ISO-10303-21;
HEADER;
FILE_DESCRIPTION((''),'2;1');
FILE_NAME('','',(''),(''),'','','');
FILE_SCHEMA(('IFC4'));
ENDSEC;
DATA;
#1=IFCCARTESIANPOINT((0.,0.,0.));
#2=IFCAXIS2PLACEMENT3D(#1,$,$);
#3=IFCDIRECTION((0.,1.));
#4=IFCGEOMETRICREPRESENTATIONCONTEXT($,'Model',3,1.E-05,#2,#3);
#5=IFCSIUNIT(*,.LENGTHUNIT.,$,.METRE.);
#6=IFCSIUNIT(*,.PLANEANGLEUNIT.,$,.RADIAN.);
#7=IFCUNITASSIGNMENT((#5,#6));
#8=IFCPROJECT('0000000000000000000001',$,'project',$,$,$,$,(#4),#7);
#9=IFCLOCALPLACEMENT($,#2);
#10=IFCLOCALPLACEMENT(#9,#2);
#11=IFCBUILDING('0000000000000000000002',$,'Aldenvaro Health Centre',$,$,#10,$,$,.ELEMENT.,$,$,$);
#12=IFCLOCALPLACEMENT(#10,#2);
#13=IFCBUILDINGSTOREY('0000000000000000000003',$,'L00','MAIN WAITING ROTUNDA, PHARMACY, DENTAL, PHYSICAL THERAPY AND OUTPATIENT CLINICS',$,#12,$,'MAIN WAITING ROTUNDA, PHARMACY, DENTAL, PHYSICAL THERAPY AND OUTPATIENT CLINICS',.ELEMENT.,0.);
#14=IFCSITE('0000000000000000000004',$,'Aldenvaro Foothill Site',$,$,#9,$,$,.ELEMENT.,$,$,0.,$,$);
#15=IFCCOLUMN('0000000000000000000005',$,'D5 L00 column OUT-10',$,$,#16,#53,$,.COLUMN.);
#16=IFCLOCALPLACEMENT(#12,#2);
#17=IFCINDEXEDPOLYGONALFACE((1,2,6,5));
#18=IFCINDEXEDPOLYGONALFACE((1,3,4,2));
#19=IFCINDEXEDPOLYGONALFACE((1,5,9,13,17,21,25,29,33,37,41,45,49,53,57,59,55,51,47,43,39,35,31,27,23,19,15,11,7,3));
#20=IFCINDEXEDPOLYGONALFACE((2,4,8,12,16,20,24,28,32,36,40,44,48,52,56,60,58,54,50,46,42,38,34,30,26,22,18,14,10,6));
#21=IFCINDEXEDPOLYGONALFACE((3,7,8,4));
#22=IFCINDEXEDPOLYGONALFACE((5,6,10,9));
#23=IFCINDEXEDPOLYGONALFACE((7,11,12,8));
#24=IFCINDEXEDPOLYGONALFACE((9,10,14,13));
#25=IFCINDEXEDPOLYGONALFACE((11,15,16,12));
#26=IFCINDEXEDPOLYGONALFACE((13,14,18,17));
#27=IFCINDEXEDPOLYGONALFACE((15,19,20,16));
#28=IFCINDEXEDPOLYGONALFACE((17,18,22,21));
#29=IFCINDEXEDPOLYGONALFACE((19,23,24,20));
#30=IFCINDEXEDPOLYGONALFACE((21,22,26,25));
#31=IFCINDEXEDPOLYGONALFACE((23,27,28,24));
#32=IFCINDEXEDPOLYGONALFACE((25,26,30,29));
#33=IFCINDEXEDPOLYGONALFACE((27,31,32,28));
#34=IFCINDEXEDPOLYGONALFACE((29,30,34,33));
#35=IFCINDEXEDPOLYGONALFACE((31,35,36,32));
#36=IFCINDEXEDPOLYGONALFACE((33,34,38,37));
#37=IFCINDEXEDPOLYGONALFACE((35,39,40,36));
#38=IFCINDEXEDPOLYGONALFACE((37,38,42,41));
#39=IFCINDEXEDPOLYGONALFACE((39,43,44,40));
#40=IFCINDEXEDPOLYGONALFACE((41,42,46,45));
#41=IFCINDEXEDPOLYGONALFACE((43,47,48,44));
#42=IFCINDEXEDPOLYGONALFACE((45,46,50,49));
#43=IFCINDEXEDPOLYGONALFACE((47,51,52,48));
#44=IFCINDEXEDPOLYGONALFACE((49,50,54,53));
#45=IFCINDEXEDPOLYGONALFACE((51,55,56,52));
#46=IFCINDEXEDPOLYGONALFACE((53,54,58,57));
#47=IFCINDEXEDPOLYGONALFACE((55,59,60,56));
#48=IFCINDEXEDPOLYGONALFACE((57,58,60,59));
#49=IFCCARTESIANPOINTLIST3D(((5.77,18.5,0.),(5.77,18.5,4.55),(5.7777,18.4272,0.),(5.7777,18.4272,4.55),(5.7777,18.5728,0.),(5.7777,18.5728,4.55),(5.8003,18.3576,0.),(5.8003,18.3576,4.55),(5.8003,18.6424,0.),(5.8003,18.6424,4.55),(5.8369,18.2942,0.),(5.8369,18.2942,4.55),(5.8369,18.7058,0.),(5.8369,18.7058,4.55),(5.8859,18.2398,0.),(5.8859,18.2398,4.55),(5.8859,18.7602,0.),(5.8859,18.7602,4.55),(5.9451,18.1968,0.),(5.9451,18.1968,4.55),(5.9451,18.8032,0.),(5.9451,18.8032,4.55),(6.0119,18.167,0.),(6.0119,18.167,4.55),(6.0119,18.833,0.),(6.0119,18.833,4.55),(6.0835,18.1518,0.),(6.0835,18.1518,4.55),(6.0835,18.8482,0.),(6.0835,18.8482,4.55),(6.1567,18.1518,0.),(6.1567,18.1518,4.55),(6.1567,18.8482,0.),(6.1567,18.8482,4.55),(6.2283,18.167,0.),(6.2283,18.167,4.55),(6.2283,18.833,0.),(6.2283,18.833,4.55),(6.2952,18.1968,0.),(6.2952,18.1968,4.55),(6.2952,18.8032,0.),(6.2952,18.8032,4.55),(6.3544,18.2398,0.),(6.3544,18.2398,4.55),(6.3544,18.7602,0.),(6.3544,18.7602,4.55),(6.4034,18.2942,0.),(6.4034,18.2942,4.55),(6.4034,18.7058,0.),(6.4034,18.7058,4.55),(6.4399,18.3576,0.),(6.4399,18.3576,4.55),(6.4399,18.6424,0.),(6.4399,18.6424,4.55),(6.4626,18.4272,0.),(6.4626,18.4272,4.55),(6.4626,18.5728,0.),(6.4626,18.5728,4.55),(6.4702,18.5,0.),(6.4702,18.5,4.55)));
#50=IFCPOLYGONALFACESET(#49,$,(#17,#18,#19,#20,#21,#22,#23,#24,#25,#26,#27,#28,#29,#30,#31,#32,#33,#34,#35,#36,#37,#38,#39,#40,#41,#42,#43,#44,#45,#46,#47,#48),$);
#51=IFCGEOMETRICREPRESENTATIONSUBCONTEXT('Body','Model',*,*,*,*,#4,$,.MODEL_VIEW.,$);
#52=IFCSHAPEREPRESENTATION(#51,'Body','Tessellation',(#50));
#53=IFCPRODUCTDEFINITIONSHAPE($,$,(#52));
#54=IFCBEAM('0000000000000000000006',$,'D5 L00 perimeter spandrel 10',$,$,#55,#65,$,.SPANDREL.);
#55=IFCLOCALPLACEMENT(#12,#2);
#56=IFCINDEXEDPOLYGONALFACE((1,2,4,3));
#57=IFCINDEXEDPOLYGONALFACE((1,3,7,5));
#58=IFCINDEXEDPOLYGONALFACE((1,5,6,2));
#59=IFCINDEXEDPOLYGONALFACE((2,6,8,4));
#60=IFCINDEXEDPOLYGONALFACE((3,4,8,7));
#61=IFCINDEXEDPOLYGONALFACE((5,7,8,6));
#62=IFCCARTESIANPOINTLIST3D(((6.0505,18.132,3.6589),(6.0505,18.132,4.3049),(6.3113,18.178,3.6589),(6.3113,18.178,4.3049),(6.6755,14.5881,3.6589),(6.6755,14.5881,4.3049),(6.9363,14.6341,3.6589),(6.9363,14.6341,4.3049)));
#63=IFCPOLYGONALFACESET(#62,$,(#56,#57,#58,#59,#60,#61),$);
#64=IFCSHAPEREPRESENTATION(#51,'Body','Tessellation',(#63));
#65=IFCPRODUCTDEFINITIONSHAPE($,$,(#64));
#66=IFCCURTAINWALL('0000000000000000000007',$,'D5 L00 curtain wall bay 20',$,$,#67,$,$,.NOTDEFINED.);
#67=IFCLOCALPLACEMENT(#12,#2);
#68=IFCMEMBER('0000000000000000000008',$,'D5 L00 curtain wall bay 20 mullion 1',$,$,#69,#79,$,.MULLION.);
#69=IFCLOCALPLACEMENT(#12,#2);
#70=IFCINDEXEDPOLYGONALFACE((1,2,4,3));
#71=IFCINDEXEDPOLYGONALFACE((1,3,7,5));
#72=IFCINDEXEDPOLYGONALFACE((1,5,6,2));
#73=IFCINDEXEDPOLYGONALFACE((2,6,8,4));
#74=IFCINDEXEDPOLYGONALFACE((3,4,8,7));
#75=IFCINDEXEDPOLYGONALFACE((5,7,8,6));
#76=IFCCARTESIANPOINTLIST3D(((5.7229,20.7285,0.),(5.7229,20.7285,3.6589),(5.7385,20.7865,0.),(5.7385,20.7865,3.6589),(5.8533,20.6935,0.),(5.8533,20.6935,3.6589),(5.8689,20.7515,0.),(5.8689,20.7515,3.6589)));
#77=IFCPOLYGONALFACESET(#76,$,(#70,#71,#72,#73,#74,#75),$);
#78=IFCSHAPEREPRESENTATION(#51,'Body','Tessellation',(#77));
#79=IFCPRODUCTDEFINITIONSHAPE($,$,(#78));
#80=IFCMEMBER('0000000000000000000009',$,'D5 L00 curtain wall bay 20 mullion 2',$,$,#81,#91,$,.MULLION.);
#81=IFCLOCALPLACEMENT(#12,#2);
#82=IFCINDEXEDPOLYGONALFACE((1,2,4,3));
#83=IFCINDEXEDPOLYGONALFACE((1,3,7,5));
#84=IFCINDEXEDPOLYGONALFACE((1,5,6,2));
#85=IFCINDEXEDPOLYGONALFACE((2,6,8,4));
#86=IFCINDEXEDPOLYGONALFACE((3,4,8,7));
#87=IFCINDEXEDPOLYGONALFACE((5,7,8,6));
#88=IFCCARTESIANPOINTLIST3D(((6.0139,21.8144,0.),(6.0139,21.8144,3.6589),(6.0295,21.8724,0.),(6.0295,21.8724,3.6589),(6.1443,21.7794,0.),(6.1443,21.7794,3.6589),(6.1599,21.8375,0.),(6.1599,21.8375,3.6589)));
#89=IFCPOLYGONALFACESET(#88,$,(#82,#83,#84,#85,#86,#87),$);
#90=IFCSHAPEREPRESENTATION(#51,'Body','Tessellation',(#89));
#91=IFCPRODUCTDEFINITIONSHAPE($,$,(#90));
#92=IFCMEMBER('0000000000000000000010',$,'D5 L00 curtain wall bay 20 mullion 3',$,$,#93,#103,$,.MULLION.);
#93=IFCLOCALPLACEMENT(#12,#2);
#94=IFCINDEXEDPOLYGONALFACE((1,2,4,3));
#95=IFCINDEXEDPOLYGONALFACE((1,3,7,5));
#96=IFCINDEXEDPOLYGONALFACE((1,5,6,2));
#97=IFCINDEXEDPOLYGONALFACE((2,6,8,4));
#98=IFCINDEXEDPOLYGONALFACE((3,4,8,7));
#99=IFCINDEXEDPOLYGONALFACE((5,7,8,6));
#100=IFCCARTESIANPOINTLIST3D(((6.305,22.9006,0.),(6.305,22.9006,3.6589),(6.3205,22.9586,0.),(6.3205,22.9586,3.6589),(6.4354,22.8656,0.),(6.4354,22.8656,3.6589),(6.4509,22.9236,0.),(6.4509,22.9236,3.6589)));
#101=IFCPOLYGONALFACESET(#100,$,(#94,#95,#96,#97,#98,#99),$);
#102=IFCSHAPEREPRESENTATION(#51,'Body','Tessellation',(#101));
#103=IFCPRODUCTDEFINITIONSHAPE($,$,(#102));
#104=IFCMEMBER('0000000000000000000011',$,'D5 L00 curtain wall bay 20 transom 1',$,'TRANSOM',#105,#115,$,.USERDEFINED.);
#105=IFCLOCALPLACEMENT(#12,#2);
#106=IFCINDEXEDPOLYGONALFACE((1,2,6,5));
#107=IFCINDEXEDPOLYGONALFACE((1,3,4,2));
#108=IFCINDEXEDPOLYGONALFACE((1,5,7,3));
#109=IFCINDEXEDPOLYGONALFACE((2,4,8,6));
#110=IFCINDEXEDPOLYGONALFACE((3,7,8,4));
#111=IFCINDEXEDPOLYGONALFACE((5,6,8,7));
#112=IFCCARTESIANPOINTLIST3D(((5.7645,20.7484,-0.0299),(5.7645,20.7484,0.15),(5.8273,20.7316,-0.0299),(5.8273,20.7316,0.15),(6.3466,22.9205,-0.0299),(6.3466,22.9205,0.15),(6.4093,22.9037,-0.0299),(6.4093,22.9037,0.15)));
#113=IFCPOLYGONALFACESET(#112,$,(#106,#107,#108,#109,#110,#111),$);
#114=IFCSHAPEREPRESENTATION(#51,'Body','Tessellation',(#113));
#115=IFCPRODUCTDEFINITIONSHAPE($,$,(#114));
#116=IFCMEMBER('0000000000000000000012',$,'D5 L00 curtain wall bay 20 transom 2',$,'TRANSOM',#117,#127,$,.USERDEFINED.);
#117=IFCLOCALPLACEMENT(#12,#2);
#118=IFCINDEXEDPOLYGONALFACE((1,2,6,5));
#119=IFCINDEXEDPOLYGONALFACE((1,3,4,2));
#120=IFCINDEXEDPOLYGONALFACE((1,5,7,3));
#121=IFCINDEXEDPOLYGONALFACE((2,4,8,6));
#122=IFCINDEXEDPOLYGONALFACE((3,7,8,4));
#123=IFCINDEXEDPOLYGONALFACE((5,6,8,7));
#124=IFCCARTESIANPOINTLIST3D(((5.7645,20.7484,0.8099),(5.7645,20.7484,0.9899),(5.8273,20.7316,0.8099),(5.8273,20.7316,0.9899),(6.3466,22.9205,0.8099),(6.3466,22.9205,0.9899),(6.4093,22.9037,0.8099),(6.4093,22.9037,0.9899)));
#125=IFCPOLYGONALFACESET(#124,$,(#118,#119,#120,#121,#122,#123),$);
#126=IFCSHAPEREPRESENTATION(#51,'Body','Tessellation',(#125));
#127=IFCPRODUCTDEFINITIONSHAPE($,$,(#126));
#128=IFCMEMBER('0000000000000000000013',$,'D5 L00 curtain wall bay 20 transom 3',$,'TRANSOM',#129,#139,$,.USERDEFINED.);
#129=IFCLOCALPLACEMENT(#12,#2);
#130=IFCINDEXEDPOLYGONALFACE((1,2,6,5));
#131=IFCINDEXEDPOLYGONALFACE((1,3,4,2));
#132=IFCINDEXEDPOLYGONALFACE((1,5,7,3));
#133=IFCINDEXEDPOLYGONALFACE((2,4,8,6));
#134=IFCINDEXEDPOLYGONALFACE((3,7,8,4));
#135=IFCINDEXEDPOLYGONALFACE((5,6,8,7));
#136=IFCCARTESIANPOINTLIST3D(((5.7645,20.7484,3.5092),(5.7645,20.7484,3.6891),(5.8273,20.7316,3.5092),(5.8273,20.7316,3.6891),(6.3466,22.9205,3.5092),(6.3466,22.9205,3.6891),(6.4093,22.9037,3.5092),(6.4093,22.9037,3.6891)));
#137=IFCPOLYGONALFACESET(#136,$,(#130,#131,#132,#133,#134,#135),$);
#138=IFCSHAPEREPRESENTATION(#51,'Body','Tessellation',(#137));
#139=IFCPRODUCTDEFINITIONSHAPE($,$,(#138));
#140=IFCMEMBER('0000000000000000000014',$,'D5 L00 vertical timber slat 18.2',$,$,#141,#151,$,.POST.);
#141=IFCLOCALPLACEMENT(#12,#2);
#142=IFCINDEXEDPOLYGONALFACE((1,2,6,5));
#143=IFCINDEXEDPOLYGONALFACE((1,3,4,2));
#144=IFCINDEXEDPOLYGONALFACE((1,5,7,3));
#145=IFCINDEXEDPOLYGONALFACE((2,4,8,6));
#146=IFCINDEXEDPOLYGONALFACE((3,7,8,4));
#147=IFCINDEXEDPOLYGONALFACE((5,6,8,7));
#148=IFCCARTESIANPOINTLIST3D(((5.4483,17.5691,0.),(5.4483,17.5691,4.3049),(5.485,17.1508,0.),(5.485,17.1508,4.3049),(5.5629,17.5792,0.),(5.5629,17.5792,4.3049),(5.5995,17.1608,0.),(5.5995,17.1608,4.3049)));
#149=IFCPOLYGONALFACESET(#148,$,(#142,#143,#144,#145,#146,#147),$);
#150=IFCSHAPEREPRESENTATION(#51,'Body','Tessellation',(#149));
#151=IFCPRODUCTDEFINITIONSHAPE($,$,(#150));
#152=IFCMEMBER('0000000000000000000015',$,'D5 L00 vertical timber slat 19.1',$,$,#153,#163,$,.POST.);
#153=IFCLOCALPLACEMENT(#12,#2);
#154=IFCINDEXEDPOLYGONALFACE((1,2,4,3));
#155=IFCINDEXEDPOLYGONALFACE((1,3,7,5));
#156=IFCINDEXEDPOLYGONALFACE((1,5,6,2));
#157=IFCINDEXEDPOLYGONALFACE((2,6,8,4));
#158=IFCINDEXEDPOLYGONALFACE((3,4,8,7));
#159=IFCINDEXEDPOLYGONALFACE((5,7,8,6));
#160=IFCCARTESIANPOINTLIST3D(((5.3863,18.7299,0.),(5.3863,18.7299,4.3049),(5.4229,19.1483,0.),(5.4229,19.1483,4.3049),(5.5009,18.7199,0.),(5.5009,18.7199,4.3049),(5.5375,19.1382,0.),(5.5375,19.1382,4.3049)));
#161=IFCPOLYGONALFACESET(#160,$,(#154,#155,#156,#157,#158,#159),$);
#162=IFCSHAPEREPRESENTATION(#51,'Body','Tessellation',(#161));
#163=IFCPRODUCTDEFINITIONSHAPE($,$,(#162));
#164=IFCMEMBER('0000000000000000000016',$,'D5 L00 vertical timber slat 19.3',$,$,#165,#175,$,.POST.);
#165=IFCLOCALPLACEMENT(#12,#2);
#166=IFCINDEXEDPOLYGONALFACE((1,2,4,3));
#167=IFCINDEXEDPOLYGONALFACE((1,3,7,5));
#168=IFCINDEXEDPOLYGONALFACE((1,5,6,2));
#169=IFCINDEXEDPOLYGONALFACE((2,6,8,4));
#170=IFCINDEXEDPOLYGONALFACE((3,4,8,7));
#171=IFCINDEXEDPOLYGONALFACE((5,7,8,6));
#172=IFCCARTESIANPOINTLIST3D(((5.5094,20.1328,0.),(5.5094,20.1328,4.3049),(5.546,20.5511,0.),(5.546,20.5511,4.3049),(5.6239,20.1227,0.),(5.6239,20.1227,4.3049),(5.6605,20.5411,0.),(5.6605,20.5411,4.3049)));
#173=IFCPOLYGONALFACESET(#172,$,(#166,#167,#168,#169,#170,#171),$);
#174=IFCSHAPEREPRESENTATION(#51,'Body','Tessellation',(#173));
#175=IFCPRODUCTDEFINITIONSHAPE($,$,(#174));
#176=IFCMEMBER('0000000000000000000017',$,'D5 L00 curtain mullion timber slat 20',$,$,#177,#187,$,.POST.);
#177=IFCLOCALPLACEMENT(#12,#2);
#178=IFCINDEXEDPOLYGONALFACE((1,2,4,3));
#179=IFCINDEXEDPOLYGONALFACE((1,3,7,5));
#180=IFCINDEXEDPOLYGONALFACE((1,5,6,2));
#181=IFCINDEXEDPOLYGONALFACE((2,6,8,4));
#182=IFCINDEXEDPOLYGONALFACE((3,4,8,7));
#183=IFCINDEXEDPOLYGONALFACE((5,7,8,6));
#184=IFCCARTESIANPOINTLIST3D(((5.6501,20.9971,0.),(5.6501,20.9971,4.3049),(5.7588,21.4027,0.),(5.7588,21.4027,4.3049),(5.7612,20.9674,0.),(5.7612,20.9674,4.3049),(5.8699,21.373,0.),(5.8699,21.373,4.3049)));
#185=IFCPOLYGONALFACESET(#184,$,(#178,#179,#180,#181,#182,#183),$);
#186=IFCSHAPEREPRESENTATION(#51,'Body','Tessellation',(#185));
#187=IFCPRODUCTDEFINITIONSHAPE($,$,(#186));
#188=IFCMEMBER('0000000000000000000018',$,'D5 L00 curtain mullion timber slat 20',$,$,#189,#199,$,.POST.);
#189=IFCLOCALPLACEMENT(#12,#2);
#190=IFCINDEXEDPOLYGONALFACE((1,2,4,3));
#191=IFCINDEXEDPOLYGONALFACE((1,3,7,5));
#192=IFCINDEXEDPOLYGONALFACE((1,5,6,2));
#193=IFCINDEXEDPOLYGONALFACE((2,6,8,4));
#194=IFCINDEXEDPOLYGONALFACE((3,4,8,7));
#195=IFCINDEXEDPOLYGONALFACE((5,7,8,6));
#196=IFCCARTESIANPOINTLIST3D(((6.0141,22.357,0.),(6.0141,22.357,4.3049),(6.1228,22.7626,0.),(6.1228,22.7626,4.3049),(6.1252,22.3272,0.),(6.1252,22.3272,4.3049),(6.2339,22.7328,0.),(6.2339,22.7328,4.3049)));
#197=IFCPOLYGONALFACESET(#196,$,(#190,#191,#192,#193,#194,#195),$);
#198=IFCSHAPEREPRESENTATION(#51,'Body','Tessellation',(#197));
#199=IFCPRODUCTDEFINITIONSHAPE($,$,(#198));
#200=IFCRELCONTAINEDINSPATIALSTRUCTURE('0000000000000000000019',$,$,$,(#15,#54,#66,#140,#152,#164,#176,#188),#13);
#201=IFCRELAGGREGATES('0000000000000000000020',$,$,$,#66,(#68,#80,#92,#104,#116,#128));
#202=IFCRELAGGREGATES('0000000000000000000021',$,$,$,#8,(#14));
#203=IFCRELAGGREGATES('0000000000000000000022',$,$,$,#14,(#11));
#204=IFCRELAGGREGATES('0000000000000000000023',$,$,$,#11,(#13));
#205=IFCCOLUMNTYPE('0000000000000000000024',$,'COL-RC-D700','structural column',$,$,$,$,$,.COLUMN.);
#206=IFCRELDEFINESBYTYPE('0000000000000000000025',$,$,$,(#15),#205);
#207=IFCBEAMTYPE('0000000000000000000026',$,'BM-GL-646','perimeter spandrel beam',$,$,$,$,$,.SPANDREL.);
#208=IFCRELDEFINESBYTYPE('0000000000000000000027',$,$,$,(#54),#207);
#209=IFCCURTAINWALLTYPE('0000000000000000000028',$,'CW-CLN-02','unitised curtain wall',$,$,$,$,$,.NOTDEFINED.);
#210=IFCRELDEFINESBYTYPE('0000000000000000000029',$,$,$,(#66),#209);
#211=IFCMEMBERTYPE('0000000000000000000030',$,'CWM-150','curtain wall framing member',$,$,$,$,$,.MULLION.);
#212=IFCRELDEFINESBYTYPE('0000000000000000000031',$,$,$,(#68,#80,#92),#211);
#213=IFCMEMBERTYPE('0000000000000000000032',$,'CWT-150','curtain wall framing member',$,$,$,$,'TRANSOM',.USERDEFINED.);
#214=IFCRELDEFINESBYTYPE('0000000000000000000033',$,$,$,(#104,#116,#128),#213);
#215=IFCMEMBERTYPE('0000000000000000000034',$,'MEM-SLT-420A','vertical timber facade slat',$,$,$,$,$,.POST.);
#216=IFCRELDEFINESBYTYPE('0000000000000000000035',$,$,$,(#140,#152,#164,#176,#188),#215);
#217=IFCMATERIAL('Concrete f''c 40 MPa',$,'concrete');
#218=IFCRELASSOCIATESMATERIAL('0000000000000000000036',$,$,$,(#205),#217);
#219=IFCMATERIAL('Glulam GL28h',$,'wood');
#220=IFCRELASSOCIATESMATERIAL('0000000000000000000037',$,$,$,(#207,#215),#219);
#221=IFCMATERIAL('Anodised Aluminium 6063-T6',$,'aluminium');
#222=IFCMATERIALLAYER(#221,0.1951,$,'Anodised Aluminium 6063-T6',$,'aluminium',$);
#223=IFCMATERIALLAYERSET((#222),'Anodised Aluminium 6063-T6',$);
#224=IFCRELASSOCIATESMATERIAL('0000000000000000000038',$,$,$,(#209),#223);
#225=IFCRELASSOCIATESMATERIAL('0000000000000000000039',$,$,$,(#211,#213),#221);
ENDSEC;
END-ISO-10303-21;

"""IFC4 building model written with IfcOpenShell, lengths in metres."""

from ifc_helpers import new_model, si_unit, direction, frame, origin, origin_2d, place, context, subcontext, project, spatial, rectangle, circle, extrude, material, layer, layer_set, material_profile, profile_set, type_object, element, aggregate, save


model = new_model("IFC4")

# Units and contexts
model_context = context("Model", 3, precision=1e-05, world=origin(), true_north=direction((0.0, 1.0)))
body_context = subcontext(model_context, "Body", "Model", "MODEL_VIEW")
ifc_project = project(units=[si_unit("LENGTHUNIT", "METRE"), si_unit("PLANEANGLEUNIT", "RADIAN")], contexts=[model_context])

# Site, building, storey
site_placement = place(None, origin())
site = spatial("IfcSite", under=ifc_project, at=site_placement, Name="Aldenvaro Foothill Site", CompositionType="ELEMENT", RefElevation=0.0)
building_placement = place(site_placement, origin())
building = spatial("IfcBuilding", under=site, at=building_placement, Name="Aldenvaro Health Centre", CompositionType="ELEMENT")
storey_placement = place(building_placement, origin())
storey = spatial("IfcBuildingStorey", under=building, at=storey_placement, Name="L00", Description="MAIN WAITING ROTUNDA, PHARMACY, DENTAL, PHYSICAL THERAPY AND OUTPATIENT CLINICS", LongName="MAIN WAITING ROTUNDA, PHARMACY, DENTAL, PHYSICAL THERAPY AND OUTPATIENT CLINICS", CompositionType="ELEMENT", Elevation=0.0)

# Column
ifc_material_1 = material(Name="Concrete f'c 40 MPa", Category="concrete")
ifc_material_profile_1 = material_profile(ifc_material_1, circle(Radius=0.3501, at=origin_2d()), Name="RC D700", Category="concrete")
ifc_profile_set_1 = profile_set([ifc_material_profile_1], Name="Concrete f'c 40 MPa")
column_type = type_object("IfcColumnType", Name="COL-RC-D700", Description="structural column", PredefinedType="COLUMN", material=ifc_profile_set_1)
column_placement = place(storey_placement, frame((6.1201, 18.5, 0.0), z_axis=(0.0, 0.0, 1.0), x_axis=(1.0, 0.0, 0.0)))
element("IfcColumn", 1, at=column_placement, inside=storey, type_object=column_type, Name="D5 L00 column OUT-10", PredefinedType="COLUMN", context=body_context, shape_type="SweptSolid", body=[
    extrude(circle(Radius=0.3501, at=origin_2d()), origin(), (0.0, 0.0, 1.0), 4.55),
])

# Beam
ifc_material_2 = material(Name="Glulam GL28h", Category="wood")
ifc_material_profile_2 = material_profile(ifc_material_2, rectangle(XDim=0.2649, YDim=0.646, at=origin_2d()), Name="GL 265x646", Category="wood")
ifc_profile_set_2 = profile_set([ifc_material_profile_2], Name="Glulam GL28h")
beam_type = type_object("IfcBeamType", Name="BM-GL-646", Description="perimeter spandrel beam", PredefinedType="SPANDREL", material=ifc_profile_set_2)
beam_placement = place(storey_placement, frame((6.1809, 18.155, 3.9819), z_axis=(0.173677, -0.984803, 0.0), x_axis=(0.984803, 0.173677, 0.0)))
element("IfcBeam", 2, at=beam_placement, inside=storey, type_object=beam_type, Name="D5 L00 perimeter spandrel 10", PredefinedType="SPANDREL", context=body_context, shape_type="SweptSolid", body=[
    extrude(rectangle(XDim=0.2649, YDim=0.646, at=origin_2d()), origin(), (0.0, 0.0, 1.0), 3.5986),
])

# Curtain wall, members
ifc_material_3 = material(Name="Anodised Aluminium 6063-T6", Category="aluminium")
ifc_layer_1 = layer(ifc_material_3, 0.1951, Name="Anodised Aluminium 6063-T6", Category="aluminium")
ifc_layer_set_1 = layer_set([ifc_layer_1], Name="Anodised Aluminium 6063-T6")
curtain_wall_type = type_object("IfcCurtainWallType", Name="CW-CLN-02", Description="unitised curtain wall", PredefinedType="NOTDEFINED", material=ifc_layer_set_1)
curtain_wall_placement = place(storey_placement, origin())
curtain_wall = element("IfcCurtainWall", 3, at=curtain_wall_placement, inside=storey, type_object=curtain_wall_type, Name="D5 L00 curtain wall bay 20", PredefinedType="NOTDEFINED")
ifc_material_profile_3 = material_profile(ifc_material_3, rectangle(XDim=0.0601, YDim=0.135, at=origin_2d()), Name="ALU 60x135", Category="aluminium")
ifc_profile_set_3 = profile_set([ifc_material_profile_3], Name="Anodised Aluminium 6063-T6")
member_type_1 = type_object("IfcMemberType", Name="CWM-150", Description="curtain wall framing member", PredefinedType="MULLION", material=ifc_profile_set_3)
member_1_placement = place(storey_placement, frame((5.7959, 20.74, 0.0), z_axis=(0.0, 0.0, 1.0), x_axis=(0.258825, 0.965924, 0.0)))
member_1 = element("IfcMember", 4, at=member_1_placement, type_object=member_type_1, Name="D5 L00 curtain wall bay 20 mullion 1", PredefinedType="MULLION", context=body_context, shape_type="SweptSolid", body=[
    extrude(rectangle(XDim=0.0601, YDim=0.135, at=origin_2d()), origin(), (0.0, 0.0, 1.0), 3.6589),
])
member_2_placement = place(storey_placement, frame((6.0869, 21.8259, 0.0), z_axis=(0.0, 0.0, 1.0), x_axis=(0.258825, 0.965924, 0.0)))
member_2 = element("IfcMember", 5, at=member_2_placement, type_object=member_type_1, Name="D5 L00 curtain wall bay 20 mullion 2", PredefinedType="MULLION", context=body_context, shape_type="SweptSolid", body=[
    extrude(rectangle(XDim=0.0601, YDim=0.135, at=origin_2d()), origin(), (0.0, 0.0, 1.0), 3.6589),
])
member_3_placement = place(storey_placement, frame((6.3779, 22.9121, 0.0), z_axis=(0.0, 0.0, 1.0), x_axis=(0.258825, 0.965924, 0.0)))
member_3 = element("IfcMember", 6, at=member_3_placement, type_object=member_type_1, Name="D5 L00 curtain wall bay 20 mullion 3", PredefinedType="MULLION", context=body_context, shape_type="SweptSolid", body=[
    extrude(rectangle(XDim=0.0601, YDim=0.135, at=origin_2d()), origin(), (0.0, 0.0, 1.0), 3.6589),
])
ifc_material_profile_4 = material_profile(ifc_material_3, rectangle(XDim=0.0649, YDim=0.1799, at=origin_2d()), Name="ALU 65x180", Category="aluminium")
ifc_profile_set_4 = profile_set([ifc_material_profile_4], Name="Anodised Aluminium 6063-T6")
member_type_2 = type_object("IfcMemberType", Name="CWT-150", Description="curtain wall framing member", ElementType="TRANSOM", PredefinedType="USERDEFINED", material=ifc_profile_set_4)
member_4_placement = place(storey_placement, frame((5.7959, 20.74, 0.0601), z_axis=(0.258825, 0.965924, 0.0), x_axis=(-0.965924, 0.258825, 0.0)))
member_4 = element("IfcMember", 7, at=member_4_placement, type_object=member_type_2, Name="D5 L00 curtain wall bay 20 transom 1", ObjectType="TRANSOM", PredefinedType="USERDEFINED", context=body_context, shape_type="SweptSolid", body=[
    extrude(rectangle(XDim=0.0649, YDim=0.1799, at=origin_2d()), origin(), (0.0, 0.0, 1.0), 2.2488),
])
member_5_placement = place(storey_placement, frame((5.7959, 20.74, 0.8999), z_axis=(0.258825, 0.965924, 0.0), x_axis=(-0.965924, 0.258825, 0.0)))
member_5 = element("IfcMember", 8, at=member_5_placement, type_object=member_type_2, Name="D5 L00 curtain wall bay 20 transom 2", ObjectType="TRANSOM", PredefinedType="USERDEFINED", context=body_context, shape_type="SweptSolid", body=[
    extrude(rectangle(XDim=0.0649, YDim=0.1799, at=origin_2d()), origin(), (0.0, 0.0, 1.0), 2.2488),
])
member_6_placement = place(storey_placement, frame((5.7959, 20.74, 3.5991), z_axis=(0.258825, 0.965924, 0.0), x_axis=(-0.965924, 0.258825, 0.0)))
member_6 = element("IfcMember", 9, at=member_6_placement, type_object=member_type_2, Name="D5 L00 curtain wall bay 20 transom 3", ObjectType="TRANSOM", PredefinedType="USERDEFINED", context=body_context, shape_type="SweptSolid", body=[
    extrude(rectangle(XDim=0.0649, YDim=0.1799, at=origin_2d()), origin(), (0.0, 0.0, 1.0), 2.2488),
])

# Members
ifc_material_profile_5 = material_profile(ifc_material_2, rectangle(XDim=0.115, YDim=0.4199, at=origin_2d()), Name="GL 115x420", Category="wood")
ifc_profile_set_5 = profile_set([ifc_material_profile_5], Name="Glulam GL28h")
member_type_3 = type_object("IfcMemberType", Name="MEM-SLT-420A", Description="vertical timber facade slat", PredefinedType="POST", material=ifc_profile_set_5)
for number, where, z_axis, x_axis, name in (
    (10, (5.5239, 17.365, 0.0), (0.0, 0.0, 1.0), (-0.996194, -0.087167, 0.0), "D5 L00 vertical timber slat 18.2"),
    (11, (5.4619, 18.9341, 0.0), (0.0, 0.0, 1.0), (-0.996194, 0.087167, 0.0), "D5 L00 vertical timber slat 19.1"),
    (12, (5.585, 20.3369, 0.0), (0.0, 0.0, 1.0), (-0.996194, 0.087167, 0.0), "D5 L00 vertical timber slat 19.3"),
    (13, (5.76, 21.1851, 0.0), (0.0, 0.0, 1.0), (-0.965924, 0.258825, 0.0), "D5 L00 curtain mullion timber slat 20"),
    (14, (6.124, 22.5449, 0.0), (0.0, 0.0, 1.0), (-0.965924, 0.258825, 0.0), "D5 L00 curtain mullion timber slat 20"),
):
    element("IfcMember", number, at=place(storey_placement, frame(where, z_axis=z_axis, x_axis=x_axis)), inside=storey, type_object=member_type_3, Name=name, PredefinedType="POST", context=body_context, shape_type="SweptSolid", body=[
        extrude(rectangle(XDim=0.115, YDim=0.4199, at=origin_2d()), origin(), (0.0, 0.0, 1.0), 4.3049),
    ])

aggregate(curtain_wall, [member_1, member_2, member_3, member_4, member_5, member_6])

save(model, "model.ifc")
